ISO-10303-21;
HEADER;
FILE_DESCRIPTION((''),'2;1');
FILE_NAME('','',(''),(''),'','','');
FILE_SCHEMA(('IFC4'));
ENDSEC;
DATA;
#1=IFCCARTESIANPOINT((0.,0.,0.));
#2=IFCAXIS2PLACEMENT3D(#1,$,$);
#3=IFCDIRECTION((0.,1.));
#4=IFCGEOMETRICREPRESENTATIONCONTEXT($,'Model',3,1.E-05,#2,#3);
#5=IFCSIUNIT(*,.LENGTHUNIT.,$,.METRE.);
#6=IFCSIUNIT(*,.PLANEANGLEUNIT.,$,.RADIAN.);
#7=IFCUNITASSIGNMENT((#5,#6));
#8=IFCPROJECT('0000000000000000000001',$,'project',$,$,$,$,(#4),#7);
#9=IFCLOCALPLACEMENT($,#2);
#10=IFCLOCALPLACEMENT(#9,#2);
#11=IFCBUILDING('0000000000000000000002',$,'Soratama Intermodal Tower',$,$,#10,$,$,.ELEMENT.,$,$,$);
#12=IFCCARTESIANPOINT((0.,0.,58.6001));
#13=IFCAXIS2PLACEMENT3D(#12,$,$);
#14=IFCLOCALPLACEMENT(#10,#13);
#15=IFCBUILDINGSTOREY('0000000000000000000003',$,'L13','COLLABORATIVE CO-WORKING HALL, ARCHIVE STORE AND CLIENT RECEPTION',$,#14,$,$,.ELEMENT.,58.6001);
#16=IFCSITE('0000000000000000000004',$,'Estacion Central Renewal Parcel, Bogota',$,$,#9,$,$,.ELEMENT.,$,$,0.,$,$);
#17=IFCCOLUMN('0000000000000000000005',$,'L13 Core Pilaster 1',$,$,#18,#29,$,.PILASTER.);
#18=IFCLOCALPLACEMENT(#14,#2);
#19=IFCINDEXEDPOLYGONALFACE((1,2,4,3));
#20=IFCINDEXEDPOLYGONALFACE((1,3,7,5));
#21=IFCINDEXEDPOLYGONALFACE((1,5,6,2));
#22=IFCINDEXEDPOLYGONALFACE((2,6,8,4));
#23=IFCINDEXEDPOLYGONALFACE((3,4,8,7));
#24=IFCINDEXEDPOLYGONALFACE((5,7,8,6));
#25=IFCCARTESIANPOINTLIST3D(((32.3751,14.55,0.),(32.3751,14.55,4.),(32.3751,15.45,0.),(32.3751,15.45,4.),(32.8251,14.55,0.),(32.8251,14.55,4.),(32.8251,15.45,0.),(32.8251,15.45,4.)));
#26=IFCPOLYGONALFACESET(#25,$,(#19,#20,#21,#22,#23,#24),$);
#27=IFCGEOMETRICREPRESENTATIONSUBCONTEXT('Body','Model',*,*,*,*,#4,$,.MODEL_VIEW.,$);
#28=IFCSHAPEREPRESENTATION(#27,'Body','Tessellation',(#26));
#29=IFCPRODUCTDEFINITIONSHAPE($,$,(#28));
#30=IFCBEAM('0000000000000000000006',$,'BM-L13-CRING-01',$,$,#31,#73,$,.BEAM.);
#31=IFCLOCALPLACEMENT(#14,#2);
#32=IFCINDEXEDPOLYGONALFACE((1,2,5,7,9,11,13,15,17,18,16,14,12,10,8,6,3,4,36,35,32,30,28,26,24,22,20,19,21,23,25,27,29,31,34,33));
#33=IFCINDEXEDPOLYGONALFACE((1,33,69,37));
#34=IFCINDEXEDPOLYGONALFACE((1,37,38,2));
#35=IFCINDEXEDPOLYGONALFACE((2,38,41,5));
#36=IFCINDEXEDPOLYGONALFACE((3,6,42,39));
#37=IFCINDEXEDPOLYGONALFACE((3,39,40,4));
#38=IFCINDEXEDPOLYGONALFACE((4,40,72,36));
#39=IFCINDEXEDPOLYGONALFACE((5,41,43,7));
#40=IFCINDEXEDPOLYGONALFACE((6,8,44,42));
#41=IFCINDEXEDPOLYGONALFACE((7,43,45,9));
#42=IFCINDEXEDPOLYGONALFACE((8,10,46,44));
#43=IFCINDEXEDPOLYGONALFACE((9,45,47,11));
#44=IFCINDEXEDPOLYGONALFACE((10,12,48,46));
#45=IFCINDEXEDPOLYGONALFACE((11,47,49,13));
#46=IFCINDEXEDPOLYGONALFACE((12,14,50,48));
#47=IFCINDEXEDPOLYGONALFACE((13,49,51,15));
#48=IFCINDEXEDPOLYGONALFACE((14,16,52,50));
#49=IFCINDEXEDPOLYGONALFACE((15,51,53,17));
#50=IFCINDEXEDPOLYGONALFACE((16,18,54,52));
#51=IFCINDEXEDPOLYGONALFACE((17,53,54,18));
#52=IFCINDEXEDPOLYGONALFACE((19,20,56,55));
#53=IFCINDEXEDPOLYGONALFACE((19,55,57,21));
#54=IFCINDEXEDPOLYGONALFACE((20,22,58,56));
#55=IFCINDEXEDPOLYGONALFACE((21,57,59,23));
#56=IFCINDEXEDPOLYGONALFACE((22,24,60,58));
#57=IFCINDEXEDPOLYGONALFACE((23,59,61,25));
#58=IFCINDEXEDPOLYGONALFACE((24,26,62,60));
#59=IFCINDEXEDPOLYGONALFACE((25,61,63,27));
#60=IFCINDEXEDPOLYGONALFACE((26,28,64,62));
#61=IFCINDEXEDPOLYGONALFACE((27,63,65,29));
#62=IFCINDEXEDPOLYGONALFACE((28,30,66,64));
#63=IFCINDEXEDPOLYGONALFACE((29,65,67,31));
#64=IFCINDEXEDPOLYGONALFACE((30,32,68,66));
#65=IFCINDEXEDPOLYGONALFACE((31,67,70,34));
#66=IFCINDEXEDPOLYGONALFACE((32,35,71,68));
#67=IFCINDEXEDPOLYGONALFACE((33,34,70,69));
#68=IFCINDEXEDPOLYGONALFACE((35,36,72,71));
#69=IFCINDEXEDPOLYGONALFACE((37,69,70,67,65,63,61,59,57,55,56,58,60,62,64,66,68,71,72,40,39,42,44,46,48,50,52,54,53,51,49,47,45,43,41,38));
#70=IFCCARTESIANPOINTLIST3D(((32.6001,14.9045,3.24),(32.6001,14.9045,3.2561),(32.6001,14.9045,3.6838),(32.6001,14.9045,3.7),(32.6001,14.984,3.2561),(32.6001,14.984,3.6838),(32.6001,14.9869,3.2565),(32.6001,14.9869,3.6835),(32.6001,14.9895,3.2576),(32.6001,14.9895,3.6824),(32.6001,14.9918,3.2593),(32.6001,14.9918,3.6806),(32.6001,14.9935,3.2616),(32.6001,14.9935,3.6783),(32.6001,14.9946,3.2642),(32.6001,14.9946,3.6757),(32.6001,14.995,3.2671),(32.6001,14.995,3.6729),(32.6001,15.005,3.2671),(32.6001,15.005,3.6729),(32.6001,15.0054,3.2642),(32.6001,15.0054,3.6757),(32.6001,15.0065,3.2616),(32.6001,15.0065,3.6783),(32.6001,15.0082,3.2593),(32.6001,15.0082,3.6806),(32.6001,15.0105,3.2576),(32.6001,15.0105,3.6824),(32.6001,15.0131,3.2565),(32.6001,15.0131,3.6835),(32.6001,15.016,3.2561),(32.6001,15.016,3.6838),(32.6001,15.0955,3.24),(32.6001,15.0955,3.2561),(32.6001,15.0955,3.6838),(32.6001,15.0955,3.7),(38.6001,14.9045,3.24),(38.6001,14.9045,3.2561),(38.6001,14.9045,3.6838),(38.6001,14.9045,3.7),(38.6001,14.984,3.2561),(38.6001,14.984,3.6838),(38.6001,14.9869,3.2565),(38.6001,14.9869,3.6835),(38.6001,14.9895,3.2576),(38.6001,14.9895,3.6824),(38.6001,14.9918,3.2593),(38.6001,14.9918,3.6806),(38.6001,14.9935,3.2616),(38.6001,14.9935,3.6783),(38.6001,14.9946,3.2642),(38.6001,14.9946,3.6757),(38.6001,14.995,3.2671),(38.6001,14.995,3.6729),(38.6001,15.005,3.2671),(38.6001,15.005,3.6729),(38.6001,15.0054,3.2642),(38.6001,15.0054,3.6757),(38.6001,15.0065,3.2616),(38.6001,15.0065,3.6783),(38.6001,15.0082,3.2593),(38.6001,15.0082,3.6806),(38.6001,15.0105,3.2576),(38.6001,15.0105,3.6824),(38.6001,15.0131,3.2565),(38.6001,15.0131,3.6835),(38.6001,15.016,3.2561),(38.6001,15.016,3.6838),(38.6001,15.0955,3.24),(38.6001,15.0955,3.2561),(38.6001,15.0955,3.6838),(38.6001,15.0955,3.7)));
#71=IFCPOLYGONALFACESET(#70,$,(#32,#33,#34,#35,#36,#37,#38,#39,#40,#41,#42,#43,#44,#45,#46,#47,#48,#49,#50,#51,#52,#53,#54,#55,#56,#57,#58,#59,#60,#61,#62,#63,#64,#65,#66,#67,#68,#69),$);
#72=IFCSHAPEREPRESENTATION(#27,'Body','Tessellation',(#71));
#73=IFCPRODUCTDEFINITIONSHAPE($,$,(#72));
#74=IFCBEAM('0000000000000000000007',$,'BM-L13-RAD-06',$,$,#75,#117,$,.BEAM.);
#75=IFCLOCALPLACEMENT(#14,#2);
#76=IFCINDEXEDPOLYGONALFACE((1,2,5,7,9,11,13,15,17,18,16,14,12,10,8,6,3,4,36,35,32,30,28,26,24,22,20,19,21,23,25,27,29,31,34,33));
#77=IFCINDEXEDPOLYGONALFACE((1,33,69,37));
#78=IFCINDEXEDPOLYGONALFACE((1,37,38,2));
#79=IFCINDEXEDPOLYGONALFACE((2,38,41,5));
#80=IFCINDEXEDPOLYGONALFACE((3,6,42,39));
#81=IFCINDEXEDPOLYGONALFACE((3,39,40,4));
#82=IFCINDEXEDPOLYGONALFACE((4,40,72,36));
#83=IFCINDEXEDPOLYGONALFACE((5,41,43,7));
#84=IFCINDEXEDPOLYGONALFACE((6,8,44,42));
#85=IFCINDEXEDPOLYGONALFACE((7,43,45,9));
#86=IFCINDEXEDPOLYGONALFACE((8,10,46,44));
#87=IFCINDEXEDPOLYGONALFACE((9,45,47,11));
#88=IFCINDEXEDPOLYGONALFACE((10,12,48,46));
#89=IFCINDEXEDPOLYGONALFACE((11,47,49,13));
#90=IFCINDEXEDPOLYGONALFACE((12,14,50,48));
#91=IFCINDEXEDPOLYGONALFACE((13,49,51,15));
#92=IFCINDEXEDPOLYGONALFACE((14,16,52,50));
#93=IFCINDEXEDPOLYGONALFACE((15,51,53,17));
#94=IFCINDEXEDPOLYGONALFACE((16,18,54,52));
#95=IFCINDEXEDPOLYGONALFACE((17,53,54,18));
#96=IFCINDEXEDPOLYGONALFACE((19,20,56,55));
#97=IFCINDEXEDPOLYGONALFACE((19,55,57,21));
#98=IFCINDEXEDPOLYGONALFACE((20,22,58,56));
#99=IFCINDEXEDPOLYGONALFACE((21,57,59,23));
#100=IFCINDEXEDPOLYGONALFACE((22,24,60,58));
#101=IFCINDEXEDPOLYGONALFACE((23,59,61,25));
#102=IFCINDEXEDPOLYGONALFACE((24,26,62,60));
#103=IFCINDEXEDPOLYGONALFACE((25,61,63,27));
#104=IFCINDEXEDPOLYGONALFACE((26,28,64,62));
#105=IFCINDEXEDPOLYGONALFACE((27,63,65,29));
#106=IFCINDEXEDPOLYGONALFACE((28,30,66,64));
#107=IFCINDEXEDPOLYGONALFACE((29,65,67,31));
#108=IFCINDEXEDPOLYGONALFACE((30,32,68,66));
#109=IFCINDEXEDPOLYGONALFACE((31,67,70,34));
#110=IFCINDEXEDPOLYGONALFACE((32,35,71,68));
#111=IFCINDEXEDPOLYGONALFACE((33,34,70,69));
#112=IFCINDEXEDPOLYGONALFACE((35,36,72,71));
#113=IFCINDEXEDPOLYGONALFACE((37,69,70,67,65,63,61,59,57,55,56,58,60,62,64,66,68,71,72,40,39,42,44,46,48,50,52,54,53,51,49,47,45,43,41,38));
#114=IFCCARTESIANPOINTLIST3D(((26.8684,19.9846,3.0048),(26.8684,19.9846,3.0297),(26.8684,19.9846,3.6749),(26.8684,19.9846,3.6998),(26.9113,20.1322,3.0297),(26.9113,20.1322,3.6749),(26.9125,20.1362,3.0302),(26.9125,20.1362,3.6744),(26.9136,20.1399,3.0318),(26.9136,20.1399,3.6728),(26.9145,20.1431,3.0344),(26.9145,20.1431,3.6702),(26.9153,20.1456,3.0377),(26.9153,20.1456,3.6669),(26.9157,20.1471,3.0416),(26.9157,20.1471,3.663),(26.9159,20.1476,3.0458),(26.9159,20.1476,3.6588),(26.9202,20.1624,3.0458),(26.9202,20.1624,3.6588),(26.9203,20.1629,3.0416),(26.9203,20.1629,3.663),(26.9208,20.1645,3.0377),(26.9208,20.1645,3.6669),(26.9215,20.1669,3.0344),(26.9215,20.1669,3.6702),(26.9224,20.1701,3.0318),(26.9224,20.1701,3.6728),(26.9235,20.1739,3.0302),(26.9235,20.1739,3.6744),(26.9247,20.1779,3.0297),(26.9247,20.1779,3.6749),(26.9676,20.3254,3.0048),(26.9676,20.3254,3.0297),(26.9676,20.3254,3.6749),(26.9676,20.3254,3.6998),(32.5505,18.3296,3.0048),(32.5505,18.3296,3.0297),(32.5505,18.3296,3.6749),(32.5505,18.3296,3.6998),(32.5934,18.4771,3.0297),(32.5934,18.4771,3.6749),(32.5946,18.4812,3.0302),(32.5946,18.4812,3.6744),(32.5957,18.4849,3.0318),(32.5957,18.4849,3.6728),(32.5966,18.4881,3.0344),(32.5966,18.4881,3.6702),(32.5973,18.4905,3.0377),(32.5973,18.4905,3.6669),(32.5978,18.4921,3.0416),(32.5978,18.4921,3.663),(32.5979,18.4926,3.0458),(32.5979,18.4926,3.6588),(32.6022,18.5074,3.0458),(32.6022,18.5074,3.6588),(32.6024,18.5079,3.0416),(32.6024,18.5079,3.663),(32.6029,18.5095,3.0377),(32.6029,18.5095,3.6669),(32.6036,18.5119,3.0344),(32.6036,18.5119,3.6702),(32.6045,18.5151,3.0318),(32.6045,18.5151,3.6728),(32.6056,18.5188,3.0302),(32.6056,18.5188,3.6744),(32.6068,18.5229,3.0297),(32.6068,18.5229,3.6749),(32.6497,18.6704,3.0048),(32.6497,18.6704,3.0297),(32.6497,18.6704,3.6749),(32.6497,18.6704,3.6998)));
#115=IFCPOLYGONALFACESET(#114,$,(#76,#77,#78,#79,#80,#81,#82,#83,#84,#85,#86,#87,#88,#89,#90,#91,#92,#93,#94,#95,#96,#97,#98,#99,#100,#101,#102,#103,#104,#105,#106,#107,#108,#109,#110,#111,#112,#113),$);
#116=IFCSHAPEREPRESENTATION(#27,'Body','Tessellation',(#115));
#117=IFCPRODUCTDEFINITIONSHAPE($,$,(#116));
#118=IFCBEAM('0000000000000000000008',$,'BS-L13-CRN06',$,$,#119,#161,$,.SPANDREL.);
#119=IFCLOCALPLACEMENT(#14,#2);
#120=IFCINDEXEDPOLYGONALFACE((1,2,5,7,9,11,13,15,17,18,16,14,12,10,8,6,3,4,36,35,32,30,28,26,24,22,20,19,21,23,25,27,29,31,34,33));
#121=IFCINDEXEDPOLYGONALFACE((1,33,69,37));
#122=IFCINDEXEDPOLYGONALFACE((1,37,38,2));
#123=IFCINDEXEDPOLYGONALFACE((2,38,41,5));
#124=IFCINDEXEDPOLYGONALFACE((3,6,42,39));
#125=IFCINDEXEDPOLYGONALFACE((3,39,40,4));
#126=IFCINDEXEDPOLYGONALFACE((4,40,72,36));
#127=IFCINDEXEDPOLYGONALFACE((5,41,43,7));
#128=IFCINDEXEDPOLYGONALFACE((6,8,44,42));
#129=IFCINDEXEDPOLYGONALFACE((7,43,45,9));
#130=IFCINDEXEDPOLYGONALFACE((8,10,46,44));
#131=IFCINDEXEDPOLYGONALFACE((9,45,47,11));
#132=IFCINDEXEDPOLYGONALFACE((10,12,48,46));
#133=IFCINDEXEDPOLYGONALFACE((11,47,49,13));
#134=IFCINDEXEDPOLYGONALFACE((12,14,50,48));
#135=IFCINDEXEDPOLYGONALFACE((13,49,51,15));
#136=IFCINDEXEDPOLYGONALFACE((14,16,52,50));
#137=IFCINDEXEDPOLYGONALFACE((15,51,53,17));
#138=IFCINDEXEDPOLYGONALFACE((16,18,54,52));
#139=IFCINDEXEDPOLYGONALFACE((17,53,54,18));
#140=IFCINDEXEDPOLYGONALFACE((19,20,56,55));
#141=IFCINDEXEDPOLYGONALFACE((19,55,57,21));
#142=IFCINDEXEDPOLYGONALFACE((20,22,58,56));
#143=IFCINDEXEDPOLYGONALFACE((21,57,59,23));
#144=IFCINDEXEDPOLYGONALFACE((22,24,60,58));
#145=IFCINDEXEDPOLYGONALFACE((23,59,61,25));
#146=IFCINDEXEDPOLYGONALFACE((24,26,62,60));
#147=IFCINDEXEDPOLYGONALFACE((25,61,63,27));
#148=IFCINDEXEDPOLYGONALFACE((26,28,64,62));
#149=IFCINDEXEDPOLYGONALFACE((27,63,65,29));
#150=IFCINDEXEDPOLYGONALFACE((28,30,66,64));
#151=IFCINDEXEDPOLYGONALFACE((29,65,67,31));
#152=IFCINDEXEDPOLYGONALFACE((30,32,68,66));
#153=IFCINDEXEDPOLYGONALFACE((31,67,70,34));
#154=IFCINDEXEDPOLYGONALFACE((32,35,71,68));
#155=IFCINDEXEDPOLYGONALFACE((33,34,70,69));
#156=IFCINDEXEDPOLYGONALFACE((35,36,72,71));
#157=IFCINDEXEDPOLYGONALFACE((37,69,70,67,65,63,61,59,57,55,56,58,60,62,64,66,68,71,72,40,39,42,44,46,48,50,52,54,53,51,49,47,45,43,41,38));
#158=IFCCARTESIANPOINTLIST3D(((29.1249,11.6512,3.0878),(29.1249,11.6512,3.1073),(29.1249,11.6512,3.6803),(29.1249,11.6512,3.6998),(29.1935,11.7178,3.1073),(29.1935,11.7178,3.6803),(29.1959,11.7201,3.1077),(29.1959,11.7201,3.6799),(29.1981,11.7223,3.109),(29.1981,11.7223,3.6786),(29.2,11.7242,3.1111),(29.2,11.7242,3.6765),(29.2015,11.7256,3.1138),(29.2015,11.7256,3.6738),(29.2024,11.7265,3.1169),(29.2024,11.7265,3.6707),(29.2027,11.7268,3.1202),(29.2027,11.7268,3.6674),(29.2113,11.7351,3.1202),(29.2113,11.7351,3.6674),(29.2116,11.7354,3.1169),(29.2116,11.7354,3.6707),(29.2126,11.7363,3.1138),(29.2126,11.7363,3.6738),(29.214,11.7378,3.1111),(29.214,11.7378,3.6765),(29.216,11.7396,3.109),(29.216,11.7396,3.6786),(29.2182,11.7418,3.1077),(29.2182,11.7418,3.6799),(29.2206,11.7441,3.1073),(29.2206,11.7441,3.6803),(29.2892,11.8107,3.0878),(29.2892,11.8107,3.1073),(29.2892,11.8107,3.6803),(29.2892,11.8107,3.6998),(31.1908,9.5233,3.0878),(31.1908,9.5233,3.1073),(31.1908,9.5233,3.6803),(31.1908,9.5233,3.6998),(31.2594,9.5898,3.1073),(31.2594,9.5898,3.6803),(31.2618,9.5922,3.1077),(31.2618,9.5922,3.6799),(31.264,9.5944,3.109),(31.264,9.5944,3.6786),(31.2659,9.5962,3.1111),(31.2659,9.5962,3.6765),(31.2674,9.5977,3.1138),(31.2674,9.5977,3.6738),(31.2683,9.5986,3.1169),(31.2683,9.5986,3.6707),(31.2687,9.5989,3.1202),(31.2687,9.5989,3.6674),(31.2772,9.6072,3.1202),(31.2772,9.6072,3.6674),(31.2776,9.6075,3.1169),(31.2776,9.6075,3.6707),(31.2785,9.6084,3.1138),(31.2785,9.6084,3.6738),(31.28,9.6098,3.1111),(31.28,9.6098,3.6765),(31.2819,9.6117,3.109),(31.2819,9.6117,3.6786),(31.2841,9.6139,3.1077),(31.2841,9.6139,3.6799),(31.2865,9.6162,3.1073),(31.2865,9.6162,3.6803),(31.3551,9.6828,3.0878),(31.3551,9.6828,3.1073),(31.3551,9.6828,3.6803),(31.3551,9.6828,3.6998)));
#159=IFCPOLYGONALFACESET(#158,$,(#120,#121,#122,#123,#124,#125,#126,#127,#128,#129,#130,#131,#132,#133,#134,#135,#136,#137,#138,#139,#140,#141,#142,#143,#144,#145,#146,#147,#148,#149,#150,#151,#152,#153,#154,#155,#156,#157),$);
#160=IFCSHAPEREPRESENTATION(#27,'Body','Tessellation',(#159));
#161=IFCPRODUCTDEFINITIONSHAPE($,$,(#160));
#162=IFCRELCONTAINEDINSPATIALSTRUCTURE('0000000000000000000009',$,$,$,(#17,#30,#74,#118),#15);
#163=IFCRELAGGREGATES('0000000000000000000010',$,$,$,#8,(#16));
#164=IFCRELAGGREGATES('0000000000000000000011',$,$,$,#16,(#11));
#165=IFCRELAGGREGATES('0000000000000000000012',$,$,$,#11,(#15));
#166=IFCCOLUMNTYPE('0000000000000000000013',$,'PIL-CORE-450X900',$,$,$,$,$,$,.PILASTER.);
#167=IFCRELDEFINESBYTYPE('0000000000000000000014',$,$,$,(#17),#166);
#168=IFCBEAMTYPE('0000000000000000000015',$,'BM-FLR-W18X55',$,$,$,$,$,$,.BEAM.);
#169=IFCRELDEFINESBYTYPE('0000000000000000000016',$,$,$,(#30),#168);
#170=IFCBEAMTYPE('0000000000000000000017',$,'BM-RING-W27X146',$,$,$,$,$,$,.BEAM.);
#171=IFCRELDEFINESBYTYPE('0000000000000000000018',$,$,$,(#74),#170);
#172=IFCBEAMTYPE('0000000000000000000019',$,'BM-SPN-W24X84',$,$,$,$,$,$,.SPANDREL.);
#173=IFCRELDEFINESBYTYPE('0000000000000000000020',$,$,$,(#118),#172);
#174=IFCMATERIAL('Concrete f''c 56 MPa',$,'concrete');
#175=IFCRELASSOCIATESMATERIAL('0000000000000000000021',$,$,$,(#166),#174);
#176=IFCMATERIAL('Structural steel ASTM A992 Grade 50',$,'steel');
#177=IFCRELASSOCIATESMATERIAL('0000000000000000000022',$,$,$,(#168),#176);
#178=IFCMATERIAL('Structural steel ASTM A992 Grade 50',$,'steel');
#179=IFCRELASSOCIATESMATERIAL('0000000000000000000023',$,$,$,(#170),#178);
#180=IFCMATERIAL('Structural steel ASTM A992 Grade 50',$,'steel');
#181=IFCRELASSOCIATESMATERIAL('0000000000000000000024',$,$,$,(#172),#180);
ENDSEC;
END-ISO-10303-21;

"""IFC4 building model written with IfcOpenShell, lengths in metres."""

from ifc_helpers import new_model, si_unit, direction, frame, origin, origin_2d, place, context, subcontext, project, spatial, rectangle, i_section, extrude, material, material_profile, profile_set, type_object, element, save


model = new_model("IFC4")

# Units and contexts
model_context = context("Model", 3, precision=1e-05, world=origin(), true_north=direction((0.0, 1.0)))
body_context = subcontext(model_context, "Body", "Model", "MODEL_VIEW")
ifc_project = project(units=[si_unit("LENGTHUNIT", "METRE"), si_unit("PLANEANGLEUNIT", "RADIAN")], contexts=[model_context])

# Site, building, storey
site_placement = place(None, origin())
site = spatial("IfcSite", under=ifc_project, at=site_placement, Name="Estacion Central Renewal Parcel, Bogota", CompositionType="ELEMENT", RefElevation=0.0)
building_placement = place(site_placement, origin())
building = spatial("IfcBuilding", under=site, at=building_placement, Name="Soratama Intermodal Tower", CompositionType="ELEMENT")
storey_placement = place(building_placement, frame((0.0, 0.0, 58.6001)))
storey = spatial("IfcBuildingStorey", under=building, at=storey_placement, Name="L13", Description="COLLABORATIVE CO-WORKING HALL, ARCHIVE STORE AND CLIENT RECEPTION", CompositionType="ELEMENT", Elevation=58.6001)

# Column
ifc_material_1 = material(Name="Concrete f'c 56 MPa", Category="concrete")
ifc_material_profile_1 = material_profile(ifc_material_1, rectangle(XDim=0.45, YDim=0.8999, at=origin_2d()), Name="RC450X900")
ifc_profile_set_1 = profile_set([ifc_material_profile_1], Name="Concrete f'c 56 MPa")
column_type = type_object("IfcColumnType", Name="PIL-CORE-450X900", PredefinedType="PILASTER", material=ifc_profile_set_1)
column_placement = place(storey_placement, frame((32.6001, 15.0, 0.0), z_axis=(0.0, 0.0, 1.0), x_axis=(1.0, 0.0, 0.0)))
element("IfcColumn", 1, at=column_placement, inside=storey, type_object=column_type, Name="L13 Core Pilaster 1", PredefinedType="PILASTER", context=body_context, shape_type="SweptSolid", body=[
    extrude(rectangle(XDim=0.45, YDim=0.8999, at=origin_2d()), origin(), (0.0, 0.0, 1.0), 4.0),
])

# Beams
ifc_material_2 = material(Name="Structural steel ASTM A992 Grade 50", Category="steel")
ifc_material_profile_2 = material_profile(ifc_material_2, i_section(OverallWidth=0.1909, OverallDepth=0.46, WebThickness=0.01, FlangeThickness=0.0161, FilletRadius=0.011, at=origin_2d()), Name="W18X55")
ifc_profile_set_2 = profile_set([ifc_material_profile_2], Name="Structural steel ASTM A992 Grade 50")
beam_type_1 = type_object("IfcBeamType", Name="BM-FLR-W18X55", PredefinedType="BEAM", material=ifc_profile_set_2)
beam_1_placement = place(storey_placement, frame((32.6001, 15.0, 3.47), z_axis=(1.0, 0.0, 0.0), x_axis=(0.0, 1.0, 0.0)))
element("IfcBeam", 2, at=beam_1_placement, inside=storey, type_object=beam_type_1, Name="BM-L13-CRING-01", PredefinedType="BEAM", context=body_context, shape_type="SweptSolid", body=[
    extrude(i_section(OverallWidth=0.1909, OverallDepth=0.46, WebThickness=0.01, FlangeThickness=0.0161, FilletRadius=0.011, at=origin_2d()), origin(), (0.0, 0.0, 1.0), 6.0),
])
ifc_material_3 = material(Name="Structural steel ASTM A992 Grade 50", Category="steel")
ifc_material_profile_3 = material_profile(ifc_material_3, i_section(OverallWidth=0.355, OverallDepth=0.6951, WebThickness=0.0154, FlangeThickness=0.0249, FilletRadius=0.0161, at=origin_2d()), Name="W27X146")
ifc_profile_set_3 = profile_set([ifc_material_profile_3], Name="Structural steel ASTM A992 Grade 50")
beam_type_2 = type_object("IfcBeamType", Name="BM-RING-W27X146", PredefinedType="BEAM", material=ifc_profile_set_3)
beam_2_placement = place(storey_placement, frame((32.6001, 18.5, 3.3523), z_axis=(-0.960103, 0.279648, 0.0), x_axis=(-0.279648, -0.960103, 0.0)))
element("IfcBeam", 3, at=beam_2_placement, inside=storey, type_object=beam_type_2, Name="BM-L13-RAD-06", PredefinedType="BEAM", context=body_context, shape_type="SweptSolid", body=[
    extrude(i_section(OverallWidth=0.355, OverallDepth=0.6951, WebThickness=0.0154, FlangeThickness=0.0249, FilletRadius=0.0161, at=origin_2d()), origin(), (0.0, 0.0, 1.0), 5.9182),
])
ifc_material_4 = material(Name="Structural steel ASTM A992 Grade 50", Category="steel")
ifc_material_profile_4 = material_profile(ifc_material_4, i_section(OverallWidth=0.229, OverallDepth=0.6121, WebThickness=0.012, FlangeThickness=0.0195, FilletRadius=0.0129, at=origin_2d()), Name="W24X84")
ifc_profile_set_4 = profile_set([ifc_material_profile_4], Name="Structural steel ASTM A992 Grade 50")
beam_type_3 = type_object("IfcBeamType", Name="BM-SPN-W24X84", PredefinedType="SPANDREL", material=ifc_profile_set_4)
beam_3_placement = place(storey_placement, frame((29.207, 11.731, 3.3938), z_axis=(0.696575, -0.717484, 0.0), x_axis=(0.717484, 0.696575, 0.0)))
element("IfcBeam", 4, at=beam_3_placement, inside=storey, type_object=beam_type_3, Name="BS-L13-CRN06", PredefinedType="SPANDREL", context=body_context, shape_type="SweptSolid", body=[
    extrude(i_section(OverallWidth=0.229, OverallDepth=0.6121, WebThickness=0.012, FlangeThickness=0.0195, FilletRadius=0.0129, at=origin_2d()), origin(), (0.0, 0.0, 1.0), 2.9658),
])

save(model, "model.ifc")
